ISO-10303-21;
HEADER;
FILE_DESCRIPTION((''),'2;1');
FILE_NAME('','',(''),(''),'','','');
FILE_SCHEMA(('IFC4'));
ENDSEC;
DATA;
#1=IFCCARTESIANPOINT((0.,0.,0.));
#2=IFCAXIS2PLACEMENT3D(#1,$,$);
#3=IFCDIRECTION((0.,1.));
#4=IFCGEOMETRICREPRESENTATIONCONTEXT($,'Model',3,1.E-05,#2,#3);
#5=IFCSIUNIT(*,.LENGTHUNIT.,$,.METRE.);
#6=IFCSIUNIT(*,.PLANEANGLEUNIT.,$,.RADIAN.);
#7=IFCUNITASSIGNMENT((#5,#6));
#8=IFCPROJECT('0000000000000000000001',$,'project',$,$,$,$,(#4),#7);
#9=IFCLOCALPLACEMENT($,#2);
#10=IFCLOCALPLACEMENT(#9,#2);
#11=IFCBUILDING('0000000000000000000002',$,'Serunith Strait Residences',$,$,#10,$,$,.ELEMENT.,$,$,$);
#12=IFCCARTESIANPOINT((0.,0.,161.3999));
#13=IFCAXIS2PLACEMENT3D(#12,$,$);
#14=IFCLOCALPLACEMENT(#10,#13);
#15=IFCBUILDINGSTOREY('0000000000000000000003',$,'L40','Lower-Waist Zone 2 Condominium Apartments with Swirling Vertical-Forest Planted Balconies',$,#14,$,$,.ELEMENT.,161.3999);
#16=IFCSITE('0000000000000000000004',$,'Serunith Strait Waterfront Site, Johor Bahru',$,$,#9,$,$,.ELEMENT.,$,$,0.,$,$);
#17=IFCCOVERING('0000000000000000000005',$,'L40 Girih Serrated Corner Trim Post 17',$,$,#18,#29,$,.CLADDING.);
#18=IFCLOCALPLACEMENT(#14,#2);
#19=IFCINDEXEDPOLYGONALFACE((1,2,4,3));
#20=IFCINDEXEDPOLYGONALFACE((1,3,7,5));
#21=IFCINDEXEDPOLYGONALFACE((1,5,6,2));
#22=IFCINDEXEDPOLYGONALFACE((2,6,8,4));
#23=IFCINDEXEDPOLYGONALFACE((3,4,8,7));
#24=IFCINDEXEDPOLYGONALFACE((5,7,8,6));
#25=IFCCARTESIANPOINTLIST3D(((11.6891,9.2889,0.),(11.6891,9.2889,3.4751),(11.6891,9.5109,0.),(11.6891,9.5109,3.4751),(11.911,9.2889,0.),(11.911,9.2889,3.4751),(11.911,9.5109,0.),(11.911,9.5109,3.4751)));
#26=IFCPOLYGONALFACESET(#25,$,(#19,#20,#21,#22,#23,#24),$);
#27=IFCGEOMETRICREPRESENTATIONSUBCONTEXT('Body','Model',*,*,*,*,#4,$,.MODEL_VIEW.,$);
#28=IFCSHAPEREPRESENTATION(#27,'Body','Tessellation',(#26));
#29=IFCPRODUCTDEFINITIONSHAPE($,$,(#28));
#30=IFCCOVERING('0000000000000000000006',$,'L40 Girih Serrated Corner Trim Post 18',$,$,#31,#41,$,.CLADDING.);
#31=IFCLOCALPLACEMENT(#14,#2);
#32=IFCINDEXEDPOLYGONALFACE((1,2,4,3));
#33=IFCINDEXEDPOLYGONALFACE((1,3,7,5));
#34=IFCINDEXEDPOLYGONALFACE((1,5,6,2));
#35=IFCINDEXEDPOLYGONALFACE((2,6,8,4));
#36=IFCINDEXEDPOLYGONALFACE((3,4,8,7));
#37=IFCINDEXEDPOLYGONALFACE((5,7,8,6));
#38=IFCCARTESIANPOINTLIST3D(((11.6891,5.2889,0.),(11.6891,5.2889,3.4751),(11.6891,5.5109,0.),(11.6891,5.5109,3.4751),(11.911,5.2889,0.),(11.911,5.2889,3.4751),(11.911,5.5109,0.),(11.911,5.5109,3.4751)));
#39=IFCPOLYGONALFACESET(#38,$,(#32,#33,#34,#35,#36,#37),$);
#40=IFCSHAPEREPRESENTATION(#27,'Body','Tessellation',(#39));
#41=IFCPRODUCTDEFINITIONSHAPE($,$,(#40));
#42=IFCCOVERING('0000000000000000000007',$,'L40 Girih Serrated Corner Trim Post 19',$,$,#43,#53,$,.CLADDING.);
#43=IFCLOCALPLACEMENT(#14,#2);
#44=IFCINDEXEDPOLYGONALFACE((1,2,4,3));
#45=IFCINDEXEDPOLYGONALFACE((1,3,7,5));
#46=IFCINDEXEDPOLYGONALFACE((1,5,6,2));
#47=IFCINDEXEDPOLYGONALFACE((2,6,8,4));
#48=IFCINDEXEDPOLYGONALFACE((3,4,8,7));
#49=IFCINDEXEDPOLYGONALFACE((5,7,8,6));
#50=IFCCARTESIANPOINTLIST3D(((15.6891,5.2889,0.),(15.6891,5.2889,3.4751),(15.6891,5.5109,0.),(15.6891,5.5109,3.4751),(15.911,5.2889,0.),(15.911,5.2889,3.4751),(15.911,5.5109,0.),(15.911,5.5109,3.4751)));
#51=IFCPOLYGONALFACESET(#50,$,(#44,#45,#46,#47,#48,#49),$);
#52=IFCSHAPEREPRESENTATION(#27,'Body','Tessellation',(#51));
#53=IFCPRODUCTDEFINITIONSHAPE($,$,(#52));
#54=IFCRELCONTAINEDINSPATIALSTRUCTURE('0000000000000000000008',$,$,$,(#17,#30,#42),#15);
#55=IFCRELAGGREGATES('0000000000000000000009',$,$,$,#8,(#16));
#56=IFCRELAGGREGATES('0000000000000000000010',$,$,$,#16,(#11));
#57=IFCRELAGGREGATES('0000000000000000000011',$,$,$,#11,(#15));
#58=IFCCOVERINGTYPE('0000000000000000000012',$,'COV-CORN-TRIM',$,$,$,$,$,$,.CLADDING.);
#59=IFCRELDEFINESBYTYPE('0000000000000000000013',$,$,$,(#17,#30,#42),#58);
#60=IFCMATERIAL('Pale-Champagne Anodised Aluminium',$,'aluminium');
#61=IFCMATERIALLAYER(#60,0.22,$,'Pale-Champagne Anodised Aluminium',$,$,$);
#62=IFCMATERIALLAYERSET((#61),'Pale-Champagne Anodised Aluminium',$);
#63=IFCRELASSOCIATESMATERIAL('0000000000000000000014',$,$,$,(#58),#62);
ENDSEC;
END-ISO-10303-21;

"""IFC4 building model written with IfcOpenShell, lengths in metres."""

from ifc_helpers import new_model, si_unit, direction, frame, origin, origin_2d, place, context, subcontext, project, spatial, rectangle, extrude, source, transform, mapped, material, layer, layer_set, type_object, element, save


model = new_model("IFC4")

# Units and contexts
model_context = context("Model", 3, precision=1e-05, world=origin(), true_north=direction((0.0, 1.0)))
body_context = subcontext(model_context, "Body", "Model", "MODEL_VIEW")
ifc_project = project(units=[si_unit("LENGTHUNIT", "METRE"), si_unit("PLANEANGLEUNIT", "RADIAN")], contexts=[model_context])

# Site, building, storey
site_placement = place(None, origin())
site = spatial("IfcSite", under=ifc_project, at=site_placement, Name="Serunith Strait Waterfront Site, Johor Bahru", CompositionType="ELEMENT", RefElevation=0.0)
building_placement = place(site_placement, origin())
building = spatial("IfcBuilding", under=site, at=building_placement, Name="Serunith Strait Residences", CompositionType="ELEMENT")
storey_placement = place(building_placement, frame((0.0, 0.0, 161.3999)))
storey = spatial("IfcBuildingStorey", under=building, at=storey_placement, Name="L40", Description="Lower-Waist Zone 2 Condominium Apartments with Swirling Vertical-Forest Planted Balconies", CompositionType="ELEMENT", Elevation=161.3999)

# Shared definitions
ifc_material_1 = material(Name="Pale-Champagne Anodised Aluminium", Category="aluminium")

# Coverings
ifc_layer_1 = layer(ifc_material_1, 0.22, Name="Pale-Champagne Anodised Aluminium")
ifc_layer_set_1 = layer_set([ifc_layer_1], Name="Pale-Champagne Anodised Aluminium")
covering_type_1 = type_object("IfcCoveringType", Name="COV-CORN-TRIM", PredefinedType="CLADDING", material=ifc_layer_set_1)
shared_shape_1 = source(origin(), body_context, "Body", "SweptSolid", [
    extrude(rectangle(XDim=0.2219, YDim=0.2219, at=origin_2d()), origin(), (0.0, 0.0, 1.0), 3.4751),
])
for number, where, z_axis, x_axis, name in (
    (1, (11.8, 9.3999, 0.0), (0.0, 0.0, 1.0), (1.0, 0.0, 0.0), "L40 Girih Serrated Corner Trim Post 17"),
    (2, (11.8, 5.3999, 0.0), (0.0, 0.0, 1.0), (1.0, 0.0, 0.0), "L40 Girih Serrated Corner Trim Post 18"),
    (3, (15.8, 5.3999, 0.0), (0.0, 0.0, 1.0), (1.0, 0.0, 0.0), "L40 Girih Serrated Corner Trim Post 19"),
):
    element("IfcCovering", number, at=place(storey_placement, frame(where, z_axis=z_axis, x_axis=x_axis)), inside=storey, type_object=covering_type_1, Name=name, PredefinedType="CLADDING", context=body_context, shape_type="MappedRepresentation", body=[
        mapped(shared_shape_1, transform((0.0, 0.0, 0.0), scale=1.0)),
    ])

save(model, "model.ifc")
